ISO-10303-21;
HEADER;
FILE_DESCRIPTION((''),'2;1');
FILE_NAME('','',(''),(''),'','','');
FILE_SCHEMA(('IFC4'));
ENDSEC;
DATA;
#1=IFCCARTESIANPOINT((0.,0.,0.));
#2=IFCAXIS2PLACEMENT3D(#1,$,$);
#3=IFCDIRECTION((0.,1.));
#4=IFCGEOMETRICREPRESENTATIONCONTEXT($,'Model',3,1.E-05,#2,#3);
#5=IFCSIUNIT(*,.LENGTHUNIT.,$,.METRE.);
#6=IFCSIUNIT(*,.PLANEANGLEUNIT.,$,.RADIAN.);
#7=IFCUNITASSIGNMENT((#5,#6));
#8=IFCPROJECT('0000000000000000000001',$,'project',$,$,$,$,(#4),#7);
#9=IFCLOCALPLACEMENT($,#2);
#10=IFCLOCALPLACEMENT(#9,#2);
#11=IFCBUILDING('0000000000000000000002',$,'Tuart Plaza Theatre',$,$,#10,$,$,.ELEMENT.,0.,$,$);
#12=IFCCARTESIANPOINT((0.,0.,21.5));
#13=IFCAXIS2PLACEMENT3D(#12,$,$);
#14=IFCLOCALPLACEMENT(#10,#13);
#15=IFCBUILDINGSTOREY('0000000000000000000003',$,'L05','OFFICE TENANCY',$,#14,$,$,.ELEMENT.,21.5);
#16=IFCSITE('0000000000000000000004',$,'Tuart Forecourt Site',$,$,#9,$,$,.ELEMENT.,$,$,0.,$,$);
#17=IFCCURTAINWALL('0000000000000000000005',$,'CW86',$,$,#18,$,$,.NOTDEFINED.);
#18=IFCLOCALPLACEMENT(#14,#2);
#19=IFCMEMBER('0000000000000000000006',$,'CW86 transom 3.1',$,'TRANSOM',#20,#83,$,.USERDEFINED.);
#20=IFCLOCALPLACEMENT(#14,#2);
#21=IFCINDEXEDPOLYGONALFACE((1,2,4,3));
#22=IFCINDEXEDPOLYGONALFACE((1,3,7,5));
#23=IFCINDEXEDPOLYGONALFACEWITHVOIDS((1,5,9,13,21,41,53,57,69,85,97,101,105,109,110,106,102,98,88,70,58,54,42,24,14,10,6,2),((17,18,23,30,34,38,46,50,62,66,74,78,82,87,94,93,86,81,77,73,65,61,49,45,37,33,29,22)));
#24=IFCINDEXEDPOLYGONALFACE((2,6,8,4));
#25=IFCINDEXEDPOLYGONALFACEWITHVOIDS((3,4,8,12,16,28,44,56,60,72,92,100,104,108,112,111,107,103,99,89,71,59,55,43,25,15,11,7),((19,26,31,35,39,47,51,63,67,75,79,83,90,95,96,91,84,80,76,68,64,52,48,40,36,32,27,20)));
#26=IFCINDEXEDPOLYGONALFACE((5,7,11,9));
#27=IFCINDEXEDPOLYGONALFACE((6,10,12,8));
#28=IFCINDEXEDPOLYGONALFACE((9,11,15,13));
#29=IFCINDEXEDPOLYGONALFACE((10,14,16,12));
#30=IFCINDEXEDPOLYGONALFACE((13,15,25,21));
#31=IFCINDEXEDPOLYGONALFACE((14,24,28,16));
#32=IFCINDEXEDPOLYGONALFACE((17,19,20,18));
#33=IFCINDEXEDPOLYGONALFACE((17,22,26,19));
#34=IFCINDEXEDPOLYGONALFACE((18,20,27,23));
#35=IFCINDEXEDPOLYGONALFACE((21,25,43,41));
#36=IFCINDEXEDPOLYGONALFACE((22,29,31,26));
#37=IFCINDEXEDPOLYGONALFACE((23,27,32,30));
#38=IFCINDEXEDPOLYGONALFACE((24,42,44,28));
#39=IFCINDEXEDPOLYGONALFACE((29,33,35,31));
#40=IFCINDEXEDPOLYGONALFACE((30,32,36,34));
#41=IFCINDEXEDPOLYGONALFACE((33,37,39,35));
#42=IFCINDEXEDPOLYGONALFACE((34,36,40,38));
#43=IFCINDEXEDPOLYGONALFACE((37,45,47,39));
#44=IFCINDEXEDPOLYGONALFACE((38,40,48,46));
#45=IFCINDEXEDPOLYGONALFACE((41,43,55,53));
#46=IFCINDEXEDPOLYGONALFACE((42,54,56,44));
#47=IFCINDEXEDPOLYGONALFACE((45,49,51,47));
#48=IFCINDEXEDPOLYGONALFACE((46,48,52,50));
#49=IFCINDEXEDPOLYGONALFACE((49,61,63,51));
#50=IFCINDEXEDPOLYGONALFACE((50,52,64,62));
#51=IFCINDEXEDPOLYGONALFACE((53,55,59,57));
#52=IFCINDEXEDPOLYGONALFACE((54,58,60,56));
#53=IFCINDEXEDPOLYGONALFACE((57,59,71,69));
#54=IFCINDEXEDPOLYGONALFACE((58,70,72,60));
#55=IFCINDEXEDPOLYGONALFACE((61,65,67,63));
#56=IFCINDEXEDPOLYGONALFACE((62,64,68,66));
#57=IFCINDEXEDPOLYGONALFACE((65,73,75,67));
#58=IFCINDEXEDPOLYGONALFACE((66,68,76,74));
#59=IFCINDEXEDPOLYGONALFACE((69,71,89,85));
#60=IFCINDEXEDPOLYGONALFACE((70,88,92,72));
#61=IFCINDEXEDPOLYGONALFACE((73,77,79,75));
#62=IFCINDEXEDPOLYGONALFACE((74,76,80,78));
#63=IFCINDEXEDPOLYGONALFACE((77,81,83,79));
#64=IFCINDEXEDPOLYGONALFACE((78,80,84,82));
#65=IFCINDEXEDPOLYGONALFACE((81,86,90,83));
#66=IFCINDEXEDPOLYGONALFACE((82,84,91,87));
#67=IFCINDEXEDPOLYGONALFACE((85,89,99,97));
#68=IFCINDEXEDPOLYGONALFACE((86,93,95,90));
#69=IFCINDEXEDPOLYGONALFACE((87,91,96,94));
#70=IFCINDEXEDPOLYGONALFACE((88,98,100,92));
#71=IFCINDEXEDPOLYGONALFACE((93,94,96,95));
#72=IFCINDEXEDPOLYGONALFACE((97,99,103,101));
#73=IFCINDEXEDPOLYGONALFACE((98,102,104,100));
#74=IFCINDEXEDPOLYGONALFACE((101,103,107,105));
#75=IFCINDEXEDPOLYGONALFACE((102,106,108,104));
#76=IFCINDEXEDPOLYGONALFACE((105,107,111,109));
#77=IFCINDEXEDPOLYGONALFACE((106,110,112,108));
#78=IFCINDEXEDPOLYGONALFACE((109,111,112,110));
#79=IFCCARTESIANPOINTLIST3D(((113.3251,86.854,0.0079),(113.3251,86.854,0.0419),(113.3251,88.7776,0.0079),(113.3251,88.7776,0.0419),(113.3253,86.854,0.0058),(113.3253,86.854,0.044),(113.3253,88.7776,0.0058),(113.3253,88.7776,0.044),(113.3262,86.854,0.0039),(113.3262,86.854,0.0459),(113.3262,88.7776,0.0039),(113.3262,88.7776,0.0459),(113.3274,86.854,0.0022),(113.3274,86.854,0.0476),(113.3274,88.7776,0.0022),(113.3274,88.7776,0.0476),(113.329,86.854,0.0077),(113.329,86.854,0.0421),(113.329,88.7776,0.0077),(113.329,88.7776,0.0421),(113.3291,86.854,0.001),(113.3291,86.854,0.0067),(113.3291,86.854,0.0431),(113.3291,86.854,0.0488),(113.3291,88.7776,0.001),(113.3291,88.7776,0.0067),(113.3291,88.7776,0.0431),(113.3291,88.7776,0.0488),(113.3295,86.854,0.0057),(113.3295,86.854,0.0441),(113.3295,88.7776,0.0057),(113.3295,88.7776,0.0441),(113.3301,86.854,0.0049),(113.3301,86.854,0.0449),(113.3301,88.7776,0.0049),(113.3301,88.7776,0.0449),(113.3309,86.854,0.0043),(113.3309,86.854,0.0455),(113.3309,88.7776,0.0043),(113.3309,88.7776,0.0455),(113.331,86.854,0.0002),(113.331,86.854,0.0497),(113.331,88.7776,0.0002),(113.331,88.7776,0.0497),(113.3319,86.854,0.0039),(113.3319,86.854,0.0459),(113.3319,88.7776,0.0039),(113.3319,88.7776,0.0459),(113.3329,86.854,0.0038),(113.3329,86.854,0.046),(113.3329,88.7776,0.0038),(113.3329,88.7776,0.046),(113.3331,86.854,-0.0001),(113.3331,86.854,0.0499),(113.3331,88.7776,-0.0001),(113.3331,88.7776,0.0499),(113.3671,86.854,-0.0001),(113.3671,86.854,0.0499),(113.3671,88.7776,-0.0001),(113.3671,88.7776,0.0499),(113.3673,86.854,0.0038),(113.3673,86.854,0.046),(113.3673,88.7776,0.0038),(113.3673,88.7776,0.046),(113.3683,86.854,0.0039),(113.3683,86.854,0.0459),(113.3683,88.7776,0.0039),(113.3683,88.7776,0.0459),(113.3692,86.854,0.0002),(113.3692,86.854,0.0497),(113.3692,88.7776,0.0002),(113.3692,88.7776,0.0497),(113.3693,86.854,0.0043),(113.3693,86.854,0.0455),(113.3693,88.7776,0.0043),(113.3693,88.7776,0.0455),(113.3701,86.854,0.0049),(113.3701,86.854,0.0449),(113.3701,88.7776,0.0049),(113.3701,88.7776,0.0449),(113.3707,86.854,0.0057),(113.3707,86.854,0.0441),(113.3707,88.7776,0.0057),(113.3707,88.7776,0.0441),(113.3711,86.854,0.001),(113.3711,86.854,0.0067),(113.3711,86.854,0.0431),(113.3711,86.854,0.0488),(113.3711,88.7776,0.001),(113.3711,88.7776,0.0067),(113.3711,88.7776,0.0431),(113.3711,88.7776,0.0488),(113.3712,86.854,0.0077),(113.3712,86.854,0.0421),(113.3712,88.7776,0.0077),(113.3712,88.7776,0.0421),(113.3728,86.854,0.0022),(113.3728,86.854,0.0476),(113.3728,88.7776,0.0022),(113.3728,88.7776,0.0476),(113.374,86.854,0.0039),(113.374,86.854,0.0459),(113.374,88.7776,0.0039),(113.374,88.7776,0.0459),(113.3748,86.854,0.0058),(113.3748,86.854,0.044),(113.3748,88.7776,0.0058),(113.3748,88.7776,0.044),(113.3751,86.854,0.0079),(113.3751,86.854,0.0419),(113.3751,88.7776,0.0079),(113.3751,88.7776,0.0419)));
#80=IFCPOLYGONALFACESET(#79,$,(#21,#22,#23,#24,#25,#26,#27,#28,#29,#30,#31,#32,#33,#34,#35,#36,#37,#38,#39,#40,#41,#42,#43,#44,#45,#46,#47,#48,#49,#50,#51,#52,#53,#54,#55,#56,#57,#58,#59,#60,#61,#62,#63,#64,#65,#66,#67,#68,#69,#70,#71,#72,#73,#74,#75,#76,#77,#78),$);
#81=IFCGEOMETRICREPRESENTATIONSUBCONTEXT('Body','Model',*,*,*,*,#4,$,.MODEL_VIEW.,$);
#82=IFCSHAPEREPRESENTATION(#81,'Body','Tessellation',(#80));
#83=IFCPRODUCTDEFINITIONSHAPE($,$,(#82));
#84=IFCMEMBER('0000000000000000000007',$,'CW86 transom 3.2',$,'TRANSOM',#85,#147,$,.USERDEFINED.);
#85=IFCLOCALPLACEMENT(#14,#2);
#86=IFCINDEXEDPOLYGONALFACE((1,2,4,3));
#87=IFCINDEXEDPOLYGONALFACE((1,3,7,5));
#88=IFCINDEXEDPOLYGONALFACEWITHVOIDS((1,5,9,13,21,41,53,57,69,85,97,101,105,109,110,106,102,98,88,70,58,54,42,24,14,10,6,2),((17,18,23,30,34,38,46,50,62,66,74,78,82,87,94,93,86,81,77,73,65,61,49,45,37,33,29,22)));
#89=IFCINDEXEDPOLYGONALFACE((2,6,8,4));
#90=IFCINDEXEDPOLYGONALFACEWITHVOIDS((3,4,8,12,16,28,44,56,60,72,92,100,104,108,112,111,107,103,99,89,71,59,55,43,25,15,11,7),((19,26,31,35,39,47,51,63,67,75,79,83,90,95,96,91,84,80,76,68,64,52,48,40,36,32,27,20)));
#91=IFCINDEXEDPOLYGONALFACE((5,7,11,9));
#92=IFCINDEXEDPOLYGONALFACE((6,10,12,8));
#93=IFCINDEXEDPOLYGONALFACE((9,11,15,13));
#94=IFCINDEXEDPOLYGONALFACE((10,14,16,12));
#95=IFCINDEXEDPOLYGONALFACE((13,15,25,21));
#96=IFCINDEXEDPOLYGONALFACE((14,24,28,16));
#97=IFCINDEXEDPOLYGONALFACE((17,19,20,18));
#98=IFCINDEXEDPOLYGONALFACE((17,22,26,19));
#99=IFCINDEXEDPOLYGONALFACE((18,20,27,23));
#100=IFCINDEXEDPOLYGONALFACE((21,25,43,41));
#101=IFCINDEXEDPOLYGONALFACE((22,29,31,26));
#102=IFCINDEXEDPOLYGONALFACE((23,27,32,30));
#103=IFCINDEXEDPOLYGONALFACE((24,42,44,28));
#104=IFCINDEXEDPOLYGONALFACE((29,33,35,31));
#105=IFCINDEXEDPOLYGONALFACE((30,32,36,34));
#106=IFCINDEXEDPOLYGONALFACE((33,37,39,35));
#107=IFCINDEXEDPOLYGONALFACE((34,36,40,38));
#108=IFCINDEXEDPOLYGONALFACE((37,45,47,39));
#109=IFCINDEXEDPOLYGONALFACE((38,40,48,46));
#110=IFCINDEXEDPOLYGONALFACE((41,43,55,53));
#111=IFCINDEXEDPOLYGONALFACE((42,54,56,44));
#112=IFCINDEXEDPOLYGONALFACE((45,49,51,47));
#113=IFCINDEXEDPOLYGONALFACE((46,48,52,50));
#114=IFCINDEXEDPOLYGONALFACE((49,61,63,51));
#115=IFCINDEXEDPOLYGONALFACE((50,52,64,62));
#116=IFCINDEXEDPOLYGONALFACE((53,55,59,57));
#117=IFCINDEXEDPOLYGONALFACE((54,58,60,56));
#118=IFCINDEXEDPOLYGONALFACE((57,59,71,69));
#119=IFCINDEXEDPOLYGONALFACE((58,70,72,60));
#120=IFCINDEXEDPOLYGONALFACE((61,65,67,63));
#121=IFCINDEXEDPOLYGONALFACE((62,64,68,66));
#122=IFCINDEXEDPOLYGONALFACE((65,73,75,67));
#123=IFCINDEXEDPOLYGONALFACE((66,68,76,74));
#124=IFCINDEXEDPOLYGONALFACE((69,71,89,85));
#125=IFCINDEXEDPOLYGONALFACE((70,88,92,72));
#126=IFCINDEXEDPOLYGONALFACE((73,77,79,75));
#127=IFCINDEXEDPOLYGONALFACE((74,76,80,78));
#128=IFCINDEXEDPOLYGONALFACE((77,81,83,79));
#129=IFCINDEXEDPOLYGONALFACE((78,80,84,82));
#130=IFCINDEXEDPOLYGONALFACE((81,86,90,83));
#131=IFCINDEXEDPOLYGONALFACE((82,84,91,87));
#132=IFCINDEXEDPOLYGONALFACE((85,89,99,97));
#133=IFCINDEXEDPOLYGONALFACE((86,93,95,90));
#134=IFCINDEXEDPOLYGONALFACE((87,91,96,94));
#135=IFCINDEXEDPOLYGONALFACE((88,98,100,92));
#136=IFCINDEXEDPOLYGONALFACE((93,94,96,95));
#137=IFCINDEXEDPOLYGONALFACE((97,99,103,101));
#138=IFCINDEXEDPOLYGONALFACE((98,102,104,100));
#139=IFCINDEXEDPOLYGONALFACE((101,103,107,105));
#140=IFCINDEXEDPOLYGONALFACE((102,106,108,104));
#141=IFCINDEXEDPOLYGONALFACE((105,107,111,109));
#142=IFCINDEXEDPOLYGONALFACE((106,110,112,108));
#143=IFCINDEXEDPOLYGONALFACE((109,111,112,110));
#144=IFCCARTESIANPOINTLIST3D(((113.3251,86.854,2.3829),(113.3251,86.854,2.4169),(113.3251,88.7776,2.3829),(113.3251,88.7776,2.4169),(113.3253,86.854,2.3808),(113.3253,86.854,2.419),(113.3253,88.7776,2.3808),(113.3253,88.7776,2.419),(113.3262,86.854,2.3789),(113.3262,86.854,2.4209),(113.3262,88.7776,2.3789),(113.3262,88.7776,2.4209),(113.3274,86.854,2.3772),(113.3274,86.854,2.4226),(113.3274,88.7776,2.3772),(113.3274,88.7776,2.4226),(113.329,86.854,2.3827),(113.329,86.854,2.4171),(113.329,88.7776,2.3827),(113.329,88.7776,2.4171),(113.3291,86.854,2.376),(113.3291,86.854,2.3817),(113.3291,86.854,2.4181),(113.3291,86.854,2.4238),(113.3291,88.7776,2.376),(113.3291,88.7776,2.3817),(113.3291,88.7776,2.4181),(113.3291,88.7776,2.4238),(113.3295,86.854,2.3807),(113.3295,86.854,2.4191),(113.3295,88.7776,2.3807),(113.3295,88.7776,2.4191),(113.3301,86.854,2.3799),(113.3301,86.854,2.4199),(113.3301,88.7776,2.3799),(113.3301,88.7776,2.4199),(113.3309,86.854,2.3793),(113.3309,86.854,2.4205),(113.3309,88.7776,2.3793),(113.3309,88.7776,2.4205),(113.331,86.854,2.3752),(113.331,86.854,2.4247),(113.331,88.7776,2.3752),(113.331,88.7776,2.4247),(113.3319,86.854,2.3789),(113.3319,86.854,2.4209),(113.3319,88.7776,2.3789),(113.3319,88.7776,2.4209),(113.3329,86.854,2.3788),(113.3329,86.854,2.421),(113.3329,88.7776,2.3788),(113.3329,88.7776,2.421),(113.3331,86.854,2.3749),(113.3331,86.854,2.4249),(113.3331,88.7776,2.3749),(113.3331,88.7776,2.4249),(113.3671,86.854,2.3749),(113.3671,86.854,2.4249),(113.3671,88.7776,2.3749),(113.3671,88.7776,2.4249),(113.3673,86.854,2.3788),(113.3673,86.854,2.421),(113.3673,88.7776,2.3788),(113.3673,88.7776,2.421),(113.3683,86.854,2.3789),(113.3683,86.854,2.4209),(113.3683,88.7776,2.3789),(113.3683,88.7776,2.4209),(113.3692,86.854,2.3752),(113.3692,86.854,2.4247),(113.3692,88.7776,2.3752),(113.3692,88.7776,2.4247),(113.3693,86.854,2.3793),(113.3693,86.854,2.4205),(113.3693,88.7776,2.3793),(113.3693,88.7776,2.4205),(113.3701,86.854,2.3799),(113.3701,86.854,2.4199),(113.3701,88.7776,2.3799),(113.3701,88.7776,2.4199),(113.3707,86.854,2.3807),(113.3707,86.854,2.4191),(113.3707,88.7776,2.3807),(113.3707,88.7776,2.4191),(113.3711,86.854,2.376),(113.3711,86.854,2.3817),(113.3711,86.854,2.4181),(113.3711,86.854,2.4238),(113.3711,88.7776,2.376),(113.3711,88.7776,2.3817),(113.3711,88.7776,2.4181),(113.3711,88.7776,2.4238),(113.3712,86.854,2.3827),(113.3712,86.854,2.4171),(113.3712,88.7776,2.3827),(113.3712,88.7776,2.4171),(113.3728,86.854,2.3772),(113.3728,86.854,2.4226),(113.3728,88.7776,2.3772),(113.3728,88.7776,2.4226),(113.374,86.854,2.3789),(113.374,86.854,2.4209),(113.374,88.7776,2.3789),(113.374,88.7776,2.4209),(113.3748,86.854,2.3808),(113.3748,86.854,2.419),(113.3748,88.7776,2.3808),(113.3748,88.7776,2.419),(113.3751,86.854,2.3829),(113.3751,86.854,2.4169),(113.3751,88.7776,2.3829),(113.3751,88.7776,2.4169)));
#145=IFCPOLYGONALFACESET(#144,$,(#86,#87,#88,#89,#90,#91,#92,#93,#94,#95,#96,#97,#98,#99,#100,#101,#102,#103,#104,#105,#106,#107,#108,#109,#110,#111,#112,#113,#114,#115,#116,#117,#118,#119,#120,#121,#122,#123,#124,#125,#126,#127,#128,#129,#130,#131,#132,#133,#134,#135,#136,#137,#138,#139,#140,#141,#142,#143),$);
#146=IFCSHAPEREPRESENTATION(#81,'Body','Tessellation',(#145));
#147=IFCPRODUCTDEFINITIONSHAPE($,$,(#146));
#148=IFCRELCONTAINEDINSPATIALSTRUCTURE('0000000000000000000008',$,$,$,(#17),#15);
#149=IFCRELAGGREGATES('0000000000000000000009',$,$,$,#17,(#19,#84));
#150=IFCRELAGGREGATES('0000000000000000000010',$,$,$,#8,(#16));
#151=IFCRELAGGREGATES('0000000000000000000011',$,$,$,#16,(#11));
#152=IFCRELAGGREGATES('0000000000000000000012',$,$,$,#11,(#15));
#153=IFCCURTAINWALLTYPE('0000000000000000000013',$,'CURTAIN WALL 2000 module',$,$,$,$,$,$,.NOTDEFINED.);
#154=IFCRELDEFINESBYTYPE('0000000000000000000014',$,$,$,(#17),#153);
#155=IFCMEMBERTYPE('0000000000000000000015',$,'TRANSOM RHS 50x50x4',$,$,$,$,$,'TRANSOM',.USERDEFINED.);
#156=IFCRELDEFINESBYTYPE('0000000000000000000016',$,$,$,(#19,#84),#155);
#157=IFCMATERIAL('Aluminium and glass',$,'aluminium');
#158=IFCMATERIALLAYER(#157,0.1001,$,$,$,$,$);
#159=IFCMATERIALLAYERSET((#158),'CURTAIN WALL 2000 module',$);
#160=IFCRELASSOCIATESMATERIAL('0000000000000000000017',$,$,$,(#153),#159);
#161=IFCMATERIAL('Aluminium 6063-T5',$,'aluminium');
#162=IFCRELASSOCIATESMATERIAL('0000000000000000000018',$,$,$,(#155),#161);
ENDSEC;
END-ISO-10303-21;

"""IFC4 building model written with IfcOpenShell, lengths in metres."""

from ifc_helpers import new_model, si_unit, direction, frame, origin, origin_2d, place, context, subcontext, project, spatial, hollow_rectangle, extrude, material, layer, layer_set, material_profile, profile_set, type_object, element, aggregate, save


model = new_model("IFC4")

# Units and contexts
model_context = context("Model", 3, precision=1e-05, world=origin(), true_north=direction((0.0, 1.0)))
body_context = subcontext(model_context, "Body", "Model", "MODEL_VIEW")
ifc_project = project(units=[si_unit("LENGTHUNIT", "METRE"), si_unit("PLANEANGLEUNIT", "RADIAN")], contexts=[model_context])

# Site, building, storey
site_placement = place(None, origin())
site = spatial("IfcSite", under=ifc_project, at=site_placement, Name="Tuart Forecourt Site", CompositionType="ELEMENT", RefElevation=0.0)
building_placement = place(site_placement, origin())
building = spatial("IfcBuilding", under=site, at=building_placement, Name="Tuart Plaza Theatre", CompositionType="ELEMENT", ElevationOfRefHeight=0.0)
storey_placement = place(building_placement, frame((0.0, 0.0, 21.5)))
storey = spatial("IfcBuildingStorey", under=building, at=storey_placement, Name="L05", Description="OFFICE TENANCY", CompositionType="ELEMENT", Elevation=21.5)

# Shared definitions
ifc_material_1 = material(Name="Aluminium and glass", Category="aluminium")
ifc_layer_1 = layer(ifc_material_1, 0.1001)
ifc_layer_set_1 = layer_set([ifc_layer_1], Name="CURTAIN WALL 2000 module")
curtain_wall_type = type_object("IfcCurtainWallType", Name="CURTAIN WALL 2000 module", PredefinedType="NOTDEFINED", material=ifc_layer_set_1)

# Curtain wall
curtain_wall_1_placement = place(storey_placement, origin())
curtain_wall_1 = element("IfcCurtainWall", 1, at=curtain_wall_1_placement, inside=storey, type_object=curtain_wall_type, Name="CW86", PredefinedType="NOTDEFINED")

# Members
ifc_material_2 = material(Name="Aluminium 6063-T5", Category="aluminium")
ifc_material_profile_1 = material_profile(ifc_material_2, hollow_rectangle(XDim=0.05, YDim=0.05, WallThickness=0.0039, InnerFilletRadius=0.0039, OuterFilletRadius=0.0081, at=origin_2d()), Name="RHS 50x50x4")
ifc_profile_set_1 = profile_set([ifc_material_profile_1], Name="Aluminium 6063-T5")
member_type_1 = type_object("IfcMemberType", Name="TRANSOM RHS 50x50x4", ElementType="TRANSOM", PredefinedType="USERDEFINED", material=ifc_profile_set_1)
member_1_placement = place(storey_placement, frame((113.3501, 88.7776, 0.0249), z_axis=(0.0, -1.0, 0.0), x_axis=(1.0, 0.0, 0.0)))
member_1 = element("IfcMember", 2, at=member_1_placement, type_object=member_type_1, Name="CW86 transom 3.1", ObjectType="TRANSOM", PredefinedType="USERDEFINED", context=body_context, shape_type="SweptSolid", body=[
    extrude(hollow_rectangle(XDim=0.05, YDim=0.05, WallThickness=0.0039, InnerFilletRadius=0.0039, OuterFilletRadius=0.0081, at=origin_2d()), origin(), (0.0, 0.0, 1.0), 1.9236),
])
member_2_placement = place(storey_placement, frame((113.3501, 88.7776, 2.3999), z_axis=(0.0, -1.0, 0.0), x_axis=(1.0, 0.0, 0.0)))
member_2 = element("IfcMember", 3, at=member_2_placement, type_object=member_type_1, Name="CW86 transom 3.2", ObjectType="TRANSOM", PredefinedType="USERDEFINED", context=body_context, shape_type="SweptSolid", body=[
    extrude(hollow_rectangle(XDim=0.05, YDim=0.05, WallThickness=0.0039, InnerFilletRadius=0.0039, OuterFilletRadius=0.0081, at=origin_2d()), origin(), (0.0, 0.0, 1.0), 1.9236),
])

aggregate(curtain_wall_1, [member_1, member_2])

save(model, "model.ifc")
